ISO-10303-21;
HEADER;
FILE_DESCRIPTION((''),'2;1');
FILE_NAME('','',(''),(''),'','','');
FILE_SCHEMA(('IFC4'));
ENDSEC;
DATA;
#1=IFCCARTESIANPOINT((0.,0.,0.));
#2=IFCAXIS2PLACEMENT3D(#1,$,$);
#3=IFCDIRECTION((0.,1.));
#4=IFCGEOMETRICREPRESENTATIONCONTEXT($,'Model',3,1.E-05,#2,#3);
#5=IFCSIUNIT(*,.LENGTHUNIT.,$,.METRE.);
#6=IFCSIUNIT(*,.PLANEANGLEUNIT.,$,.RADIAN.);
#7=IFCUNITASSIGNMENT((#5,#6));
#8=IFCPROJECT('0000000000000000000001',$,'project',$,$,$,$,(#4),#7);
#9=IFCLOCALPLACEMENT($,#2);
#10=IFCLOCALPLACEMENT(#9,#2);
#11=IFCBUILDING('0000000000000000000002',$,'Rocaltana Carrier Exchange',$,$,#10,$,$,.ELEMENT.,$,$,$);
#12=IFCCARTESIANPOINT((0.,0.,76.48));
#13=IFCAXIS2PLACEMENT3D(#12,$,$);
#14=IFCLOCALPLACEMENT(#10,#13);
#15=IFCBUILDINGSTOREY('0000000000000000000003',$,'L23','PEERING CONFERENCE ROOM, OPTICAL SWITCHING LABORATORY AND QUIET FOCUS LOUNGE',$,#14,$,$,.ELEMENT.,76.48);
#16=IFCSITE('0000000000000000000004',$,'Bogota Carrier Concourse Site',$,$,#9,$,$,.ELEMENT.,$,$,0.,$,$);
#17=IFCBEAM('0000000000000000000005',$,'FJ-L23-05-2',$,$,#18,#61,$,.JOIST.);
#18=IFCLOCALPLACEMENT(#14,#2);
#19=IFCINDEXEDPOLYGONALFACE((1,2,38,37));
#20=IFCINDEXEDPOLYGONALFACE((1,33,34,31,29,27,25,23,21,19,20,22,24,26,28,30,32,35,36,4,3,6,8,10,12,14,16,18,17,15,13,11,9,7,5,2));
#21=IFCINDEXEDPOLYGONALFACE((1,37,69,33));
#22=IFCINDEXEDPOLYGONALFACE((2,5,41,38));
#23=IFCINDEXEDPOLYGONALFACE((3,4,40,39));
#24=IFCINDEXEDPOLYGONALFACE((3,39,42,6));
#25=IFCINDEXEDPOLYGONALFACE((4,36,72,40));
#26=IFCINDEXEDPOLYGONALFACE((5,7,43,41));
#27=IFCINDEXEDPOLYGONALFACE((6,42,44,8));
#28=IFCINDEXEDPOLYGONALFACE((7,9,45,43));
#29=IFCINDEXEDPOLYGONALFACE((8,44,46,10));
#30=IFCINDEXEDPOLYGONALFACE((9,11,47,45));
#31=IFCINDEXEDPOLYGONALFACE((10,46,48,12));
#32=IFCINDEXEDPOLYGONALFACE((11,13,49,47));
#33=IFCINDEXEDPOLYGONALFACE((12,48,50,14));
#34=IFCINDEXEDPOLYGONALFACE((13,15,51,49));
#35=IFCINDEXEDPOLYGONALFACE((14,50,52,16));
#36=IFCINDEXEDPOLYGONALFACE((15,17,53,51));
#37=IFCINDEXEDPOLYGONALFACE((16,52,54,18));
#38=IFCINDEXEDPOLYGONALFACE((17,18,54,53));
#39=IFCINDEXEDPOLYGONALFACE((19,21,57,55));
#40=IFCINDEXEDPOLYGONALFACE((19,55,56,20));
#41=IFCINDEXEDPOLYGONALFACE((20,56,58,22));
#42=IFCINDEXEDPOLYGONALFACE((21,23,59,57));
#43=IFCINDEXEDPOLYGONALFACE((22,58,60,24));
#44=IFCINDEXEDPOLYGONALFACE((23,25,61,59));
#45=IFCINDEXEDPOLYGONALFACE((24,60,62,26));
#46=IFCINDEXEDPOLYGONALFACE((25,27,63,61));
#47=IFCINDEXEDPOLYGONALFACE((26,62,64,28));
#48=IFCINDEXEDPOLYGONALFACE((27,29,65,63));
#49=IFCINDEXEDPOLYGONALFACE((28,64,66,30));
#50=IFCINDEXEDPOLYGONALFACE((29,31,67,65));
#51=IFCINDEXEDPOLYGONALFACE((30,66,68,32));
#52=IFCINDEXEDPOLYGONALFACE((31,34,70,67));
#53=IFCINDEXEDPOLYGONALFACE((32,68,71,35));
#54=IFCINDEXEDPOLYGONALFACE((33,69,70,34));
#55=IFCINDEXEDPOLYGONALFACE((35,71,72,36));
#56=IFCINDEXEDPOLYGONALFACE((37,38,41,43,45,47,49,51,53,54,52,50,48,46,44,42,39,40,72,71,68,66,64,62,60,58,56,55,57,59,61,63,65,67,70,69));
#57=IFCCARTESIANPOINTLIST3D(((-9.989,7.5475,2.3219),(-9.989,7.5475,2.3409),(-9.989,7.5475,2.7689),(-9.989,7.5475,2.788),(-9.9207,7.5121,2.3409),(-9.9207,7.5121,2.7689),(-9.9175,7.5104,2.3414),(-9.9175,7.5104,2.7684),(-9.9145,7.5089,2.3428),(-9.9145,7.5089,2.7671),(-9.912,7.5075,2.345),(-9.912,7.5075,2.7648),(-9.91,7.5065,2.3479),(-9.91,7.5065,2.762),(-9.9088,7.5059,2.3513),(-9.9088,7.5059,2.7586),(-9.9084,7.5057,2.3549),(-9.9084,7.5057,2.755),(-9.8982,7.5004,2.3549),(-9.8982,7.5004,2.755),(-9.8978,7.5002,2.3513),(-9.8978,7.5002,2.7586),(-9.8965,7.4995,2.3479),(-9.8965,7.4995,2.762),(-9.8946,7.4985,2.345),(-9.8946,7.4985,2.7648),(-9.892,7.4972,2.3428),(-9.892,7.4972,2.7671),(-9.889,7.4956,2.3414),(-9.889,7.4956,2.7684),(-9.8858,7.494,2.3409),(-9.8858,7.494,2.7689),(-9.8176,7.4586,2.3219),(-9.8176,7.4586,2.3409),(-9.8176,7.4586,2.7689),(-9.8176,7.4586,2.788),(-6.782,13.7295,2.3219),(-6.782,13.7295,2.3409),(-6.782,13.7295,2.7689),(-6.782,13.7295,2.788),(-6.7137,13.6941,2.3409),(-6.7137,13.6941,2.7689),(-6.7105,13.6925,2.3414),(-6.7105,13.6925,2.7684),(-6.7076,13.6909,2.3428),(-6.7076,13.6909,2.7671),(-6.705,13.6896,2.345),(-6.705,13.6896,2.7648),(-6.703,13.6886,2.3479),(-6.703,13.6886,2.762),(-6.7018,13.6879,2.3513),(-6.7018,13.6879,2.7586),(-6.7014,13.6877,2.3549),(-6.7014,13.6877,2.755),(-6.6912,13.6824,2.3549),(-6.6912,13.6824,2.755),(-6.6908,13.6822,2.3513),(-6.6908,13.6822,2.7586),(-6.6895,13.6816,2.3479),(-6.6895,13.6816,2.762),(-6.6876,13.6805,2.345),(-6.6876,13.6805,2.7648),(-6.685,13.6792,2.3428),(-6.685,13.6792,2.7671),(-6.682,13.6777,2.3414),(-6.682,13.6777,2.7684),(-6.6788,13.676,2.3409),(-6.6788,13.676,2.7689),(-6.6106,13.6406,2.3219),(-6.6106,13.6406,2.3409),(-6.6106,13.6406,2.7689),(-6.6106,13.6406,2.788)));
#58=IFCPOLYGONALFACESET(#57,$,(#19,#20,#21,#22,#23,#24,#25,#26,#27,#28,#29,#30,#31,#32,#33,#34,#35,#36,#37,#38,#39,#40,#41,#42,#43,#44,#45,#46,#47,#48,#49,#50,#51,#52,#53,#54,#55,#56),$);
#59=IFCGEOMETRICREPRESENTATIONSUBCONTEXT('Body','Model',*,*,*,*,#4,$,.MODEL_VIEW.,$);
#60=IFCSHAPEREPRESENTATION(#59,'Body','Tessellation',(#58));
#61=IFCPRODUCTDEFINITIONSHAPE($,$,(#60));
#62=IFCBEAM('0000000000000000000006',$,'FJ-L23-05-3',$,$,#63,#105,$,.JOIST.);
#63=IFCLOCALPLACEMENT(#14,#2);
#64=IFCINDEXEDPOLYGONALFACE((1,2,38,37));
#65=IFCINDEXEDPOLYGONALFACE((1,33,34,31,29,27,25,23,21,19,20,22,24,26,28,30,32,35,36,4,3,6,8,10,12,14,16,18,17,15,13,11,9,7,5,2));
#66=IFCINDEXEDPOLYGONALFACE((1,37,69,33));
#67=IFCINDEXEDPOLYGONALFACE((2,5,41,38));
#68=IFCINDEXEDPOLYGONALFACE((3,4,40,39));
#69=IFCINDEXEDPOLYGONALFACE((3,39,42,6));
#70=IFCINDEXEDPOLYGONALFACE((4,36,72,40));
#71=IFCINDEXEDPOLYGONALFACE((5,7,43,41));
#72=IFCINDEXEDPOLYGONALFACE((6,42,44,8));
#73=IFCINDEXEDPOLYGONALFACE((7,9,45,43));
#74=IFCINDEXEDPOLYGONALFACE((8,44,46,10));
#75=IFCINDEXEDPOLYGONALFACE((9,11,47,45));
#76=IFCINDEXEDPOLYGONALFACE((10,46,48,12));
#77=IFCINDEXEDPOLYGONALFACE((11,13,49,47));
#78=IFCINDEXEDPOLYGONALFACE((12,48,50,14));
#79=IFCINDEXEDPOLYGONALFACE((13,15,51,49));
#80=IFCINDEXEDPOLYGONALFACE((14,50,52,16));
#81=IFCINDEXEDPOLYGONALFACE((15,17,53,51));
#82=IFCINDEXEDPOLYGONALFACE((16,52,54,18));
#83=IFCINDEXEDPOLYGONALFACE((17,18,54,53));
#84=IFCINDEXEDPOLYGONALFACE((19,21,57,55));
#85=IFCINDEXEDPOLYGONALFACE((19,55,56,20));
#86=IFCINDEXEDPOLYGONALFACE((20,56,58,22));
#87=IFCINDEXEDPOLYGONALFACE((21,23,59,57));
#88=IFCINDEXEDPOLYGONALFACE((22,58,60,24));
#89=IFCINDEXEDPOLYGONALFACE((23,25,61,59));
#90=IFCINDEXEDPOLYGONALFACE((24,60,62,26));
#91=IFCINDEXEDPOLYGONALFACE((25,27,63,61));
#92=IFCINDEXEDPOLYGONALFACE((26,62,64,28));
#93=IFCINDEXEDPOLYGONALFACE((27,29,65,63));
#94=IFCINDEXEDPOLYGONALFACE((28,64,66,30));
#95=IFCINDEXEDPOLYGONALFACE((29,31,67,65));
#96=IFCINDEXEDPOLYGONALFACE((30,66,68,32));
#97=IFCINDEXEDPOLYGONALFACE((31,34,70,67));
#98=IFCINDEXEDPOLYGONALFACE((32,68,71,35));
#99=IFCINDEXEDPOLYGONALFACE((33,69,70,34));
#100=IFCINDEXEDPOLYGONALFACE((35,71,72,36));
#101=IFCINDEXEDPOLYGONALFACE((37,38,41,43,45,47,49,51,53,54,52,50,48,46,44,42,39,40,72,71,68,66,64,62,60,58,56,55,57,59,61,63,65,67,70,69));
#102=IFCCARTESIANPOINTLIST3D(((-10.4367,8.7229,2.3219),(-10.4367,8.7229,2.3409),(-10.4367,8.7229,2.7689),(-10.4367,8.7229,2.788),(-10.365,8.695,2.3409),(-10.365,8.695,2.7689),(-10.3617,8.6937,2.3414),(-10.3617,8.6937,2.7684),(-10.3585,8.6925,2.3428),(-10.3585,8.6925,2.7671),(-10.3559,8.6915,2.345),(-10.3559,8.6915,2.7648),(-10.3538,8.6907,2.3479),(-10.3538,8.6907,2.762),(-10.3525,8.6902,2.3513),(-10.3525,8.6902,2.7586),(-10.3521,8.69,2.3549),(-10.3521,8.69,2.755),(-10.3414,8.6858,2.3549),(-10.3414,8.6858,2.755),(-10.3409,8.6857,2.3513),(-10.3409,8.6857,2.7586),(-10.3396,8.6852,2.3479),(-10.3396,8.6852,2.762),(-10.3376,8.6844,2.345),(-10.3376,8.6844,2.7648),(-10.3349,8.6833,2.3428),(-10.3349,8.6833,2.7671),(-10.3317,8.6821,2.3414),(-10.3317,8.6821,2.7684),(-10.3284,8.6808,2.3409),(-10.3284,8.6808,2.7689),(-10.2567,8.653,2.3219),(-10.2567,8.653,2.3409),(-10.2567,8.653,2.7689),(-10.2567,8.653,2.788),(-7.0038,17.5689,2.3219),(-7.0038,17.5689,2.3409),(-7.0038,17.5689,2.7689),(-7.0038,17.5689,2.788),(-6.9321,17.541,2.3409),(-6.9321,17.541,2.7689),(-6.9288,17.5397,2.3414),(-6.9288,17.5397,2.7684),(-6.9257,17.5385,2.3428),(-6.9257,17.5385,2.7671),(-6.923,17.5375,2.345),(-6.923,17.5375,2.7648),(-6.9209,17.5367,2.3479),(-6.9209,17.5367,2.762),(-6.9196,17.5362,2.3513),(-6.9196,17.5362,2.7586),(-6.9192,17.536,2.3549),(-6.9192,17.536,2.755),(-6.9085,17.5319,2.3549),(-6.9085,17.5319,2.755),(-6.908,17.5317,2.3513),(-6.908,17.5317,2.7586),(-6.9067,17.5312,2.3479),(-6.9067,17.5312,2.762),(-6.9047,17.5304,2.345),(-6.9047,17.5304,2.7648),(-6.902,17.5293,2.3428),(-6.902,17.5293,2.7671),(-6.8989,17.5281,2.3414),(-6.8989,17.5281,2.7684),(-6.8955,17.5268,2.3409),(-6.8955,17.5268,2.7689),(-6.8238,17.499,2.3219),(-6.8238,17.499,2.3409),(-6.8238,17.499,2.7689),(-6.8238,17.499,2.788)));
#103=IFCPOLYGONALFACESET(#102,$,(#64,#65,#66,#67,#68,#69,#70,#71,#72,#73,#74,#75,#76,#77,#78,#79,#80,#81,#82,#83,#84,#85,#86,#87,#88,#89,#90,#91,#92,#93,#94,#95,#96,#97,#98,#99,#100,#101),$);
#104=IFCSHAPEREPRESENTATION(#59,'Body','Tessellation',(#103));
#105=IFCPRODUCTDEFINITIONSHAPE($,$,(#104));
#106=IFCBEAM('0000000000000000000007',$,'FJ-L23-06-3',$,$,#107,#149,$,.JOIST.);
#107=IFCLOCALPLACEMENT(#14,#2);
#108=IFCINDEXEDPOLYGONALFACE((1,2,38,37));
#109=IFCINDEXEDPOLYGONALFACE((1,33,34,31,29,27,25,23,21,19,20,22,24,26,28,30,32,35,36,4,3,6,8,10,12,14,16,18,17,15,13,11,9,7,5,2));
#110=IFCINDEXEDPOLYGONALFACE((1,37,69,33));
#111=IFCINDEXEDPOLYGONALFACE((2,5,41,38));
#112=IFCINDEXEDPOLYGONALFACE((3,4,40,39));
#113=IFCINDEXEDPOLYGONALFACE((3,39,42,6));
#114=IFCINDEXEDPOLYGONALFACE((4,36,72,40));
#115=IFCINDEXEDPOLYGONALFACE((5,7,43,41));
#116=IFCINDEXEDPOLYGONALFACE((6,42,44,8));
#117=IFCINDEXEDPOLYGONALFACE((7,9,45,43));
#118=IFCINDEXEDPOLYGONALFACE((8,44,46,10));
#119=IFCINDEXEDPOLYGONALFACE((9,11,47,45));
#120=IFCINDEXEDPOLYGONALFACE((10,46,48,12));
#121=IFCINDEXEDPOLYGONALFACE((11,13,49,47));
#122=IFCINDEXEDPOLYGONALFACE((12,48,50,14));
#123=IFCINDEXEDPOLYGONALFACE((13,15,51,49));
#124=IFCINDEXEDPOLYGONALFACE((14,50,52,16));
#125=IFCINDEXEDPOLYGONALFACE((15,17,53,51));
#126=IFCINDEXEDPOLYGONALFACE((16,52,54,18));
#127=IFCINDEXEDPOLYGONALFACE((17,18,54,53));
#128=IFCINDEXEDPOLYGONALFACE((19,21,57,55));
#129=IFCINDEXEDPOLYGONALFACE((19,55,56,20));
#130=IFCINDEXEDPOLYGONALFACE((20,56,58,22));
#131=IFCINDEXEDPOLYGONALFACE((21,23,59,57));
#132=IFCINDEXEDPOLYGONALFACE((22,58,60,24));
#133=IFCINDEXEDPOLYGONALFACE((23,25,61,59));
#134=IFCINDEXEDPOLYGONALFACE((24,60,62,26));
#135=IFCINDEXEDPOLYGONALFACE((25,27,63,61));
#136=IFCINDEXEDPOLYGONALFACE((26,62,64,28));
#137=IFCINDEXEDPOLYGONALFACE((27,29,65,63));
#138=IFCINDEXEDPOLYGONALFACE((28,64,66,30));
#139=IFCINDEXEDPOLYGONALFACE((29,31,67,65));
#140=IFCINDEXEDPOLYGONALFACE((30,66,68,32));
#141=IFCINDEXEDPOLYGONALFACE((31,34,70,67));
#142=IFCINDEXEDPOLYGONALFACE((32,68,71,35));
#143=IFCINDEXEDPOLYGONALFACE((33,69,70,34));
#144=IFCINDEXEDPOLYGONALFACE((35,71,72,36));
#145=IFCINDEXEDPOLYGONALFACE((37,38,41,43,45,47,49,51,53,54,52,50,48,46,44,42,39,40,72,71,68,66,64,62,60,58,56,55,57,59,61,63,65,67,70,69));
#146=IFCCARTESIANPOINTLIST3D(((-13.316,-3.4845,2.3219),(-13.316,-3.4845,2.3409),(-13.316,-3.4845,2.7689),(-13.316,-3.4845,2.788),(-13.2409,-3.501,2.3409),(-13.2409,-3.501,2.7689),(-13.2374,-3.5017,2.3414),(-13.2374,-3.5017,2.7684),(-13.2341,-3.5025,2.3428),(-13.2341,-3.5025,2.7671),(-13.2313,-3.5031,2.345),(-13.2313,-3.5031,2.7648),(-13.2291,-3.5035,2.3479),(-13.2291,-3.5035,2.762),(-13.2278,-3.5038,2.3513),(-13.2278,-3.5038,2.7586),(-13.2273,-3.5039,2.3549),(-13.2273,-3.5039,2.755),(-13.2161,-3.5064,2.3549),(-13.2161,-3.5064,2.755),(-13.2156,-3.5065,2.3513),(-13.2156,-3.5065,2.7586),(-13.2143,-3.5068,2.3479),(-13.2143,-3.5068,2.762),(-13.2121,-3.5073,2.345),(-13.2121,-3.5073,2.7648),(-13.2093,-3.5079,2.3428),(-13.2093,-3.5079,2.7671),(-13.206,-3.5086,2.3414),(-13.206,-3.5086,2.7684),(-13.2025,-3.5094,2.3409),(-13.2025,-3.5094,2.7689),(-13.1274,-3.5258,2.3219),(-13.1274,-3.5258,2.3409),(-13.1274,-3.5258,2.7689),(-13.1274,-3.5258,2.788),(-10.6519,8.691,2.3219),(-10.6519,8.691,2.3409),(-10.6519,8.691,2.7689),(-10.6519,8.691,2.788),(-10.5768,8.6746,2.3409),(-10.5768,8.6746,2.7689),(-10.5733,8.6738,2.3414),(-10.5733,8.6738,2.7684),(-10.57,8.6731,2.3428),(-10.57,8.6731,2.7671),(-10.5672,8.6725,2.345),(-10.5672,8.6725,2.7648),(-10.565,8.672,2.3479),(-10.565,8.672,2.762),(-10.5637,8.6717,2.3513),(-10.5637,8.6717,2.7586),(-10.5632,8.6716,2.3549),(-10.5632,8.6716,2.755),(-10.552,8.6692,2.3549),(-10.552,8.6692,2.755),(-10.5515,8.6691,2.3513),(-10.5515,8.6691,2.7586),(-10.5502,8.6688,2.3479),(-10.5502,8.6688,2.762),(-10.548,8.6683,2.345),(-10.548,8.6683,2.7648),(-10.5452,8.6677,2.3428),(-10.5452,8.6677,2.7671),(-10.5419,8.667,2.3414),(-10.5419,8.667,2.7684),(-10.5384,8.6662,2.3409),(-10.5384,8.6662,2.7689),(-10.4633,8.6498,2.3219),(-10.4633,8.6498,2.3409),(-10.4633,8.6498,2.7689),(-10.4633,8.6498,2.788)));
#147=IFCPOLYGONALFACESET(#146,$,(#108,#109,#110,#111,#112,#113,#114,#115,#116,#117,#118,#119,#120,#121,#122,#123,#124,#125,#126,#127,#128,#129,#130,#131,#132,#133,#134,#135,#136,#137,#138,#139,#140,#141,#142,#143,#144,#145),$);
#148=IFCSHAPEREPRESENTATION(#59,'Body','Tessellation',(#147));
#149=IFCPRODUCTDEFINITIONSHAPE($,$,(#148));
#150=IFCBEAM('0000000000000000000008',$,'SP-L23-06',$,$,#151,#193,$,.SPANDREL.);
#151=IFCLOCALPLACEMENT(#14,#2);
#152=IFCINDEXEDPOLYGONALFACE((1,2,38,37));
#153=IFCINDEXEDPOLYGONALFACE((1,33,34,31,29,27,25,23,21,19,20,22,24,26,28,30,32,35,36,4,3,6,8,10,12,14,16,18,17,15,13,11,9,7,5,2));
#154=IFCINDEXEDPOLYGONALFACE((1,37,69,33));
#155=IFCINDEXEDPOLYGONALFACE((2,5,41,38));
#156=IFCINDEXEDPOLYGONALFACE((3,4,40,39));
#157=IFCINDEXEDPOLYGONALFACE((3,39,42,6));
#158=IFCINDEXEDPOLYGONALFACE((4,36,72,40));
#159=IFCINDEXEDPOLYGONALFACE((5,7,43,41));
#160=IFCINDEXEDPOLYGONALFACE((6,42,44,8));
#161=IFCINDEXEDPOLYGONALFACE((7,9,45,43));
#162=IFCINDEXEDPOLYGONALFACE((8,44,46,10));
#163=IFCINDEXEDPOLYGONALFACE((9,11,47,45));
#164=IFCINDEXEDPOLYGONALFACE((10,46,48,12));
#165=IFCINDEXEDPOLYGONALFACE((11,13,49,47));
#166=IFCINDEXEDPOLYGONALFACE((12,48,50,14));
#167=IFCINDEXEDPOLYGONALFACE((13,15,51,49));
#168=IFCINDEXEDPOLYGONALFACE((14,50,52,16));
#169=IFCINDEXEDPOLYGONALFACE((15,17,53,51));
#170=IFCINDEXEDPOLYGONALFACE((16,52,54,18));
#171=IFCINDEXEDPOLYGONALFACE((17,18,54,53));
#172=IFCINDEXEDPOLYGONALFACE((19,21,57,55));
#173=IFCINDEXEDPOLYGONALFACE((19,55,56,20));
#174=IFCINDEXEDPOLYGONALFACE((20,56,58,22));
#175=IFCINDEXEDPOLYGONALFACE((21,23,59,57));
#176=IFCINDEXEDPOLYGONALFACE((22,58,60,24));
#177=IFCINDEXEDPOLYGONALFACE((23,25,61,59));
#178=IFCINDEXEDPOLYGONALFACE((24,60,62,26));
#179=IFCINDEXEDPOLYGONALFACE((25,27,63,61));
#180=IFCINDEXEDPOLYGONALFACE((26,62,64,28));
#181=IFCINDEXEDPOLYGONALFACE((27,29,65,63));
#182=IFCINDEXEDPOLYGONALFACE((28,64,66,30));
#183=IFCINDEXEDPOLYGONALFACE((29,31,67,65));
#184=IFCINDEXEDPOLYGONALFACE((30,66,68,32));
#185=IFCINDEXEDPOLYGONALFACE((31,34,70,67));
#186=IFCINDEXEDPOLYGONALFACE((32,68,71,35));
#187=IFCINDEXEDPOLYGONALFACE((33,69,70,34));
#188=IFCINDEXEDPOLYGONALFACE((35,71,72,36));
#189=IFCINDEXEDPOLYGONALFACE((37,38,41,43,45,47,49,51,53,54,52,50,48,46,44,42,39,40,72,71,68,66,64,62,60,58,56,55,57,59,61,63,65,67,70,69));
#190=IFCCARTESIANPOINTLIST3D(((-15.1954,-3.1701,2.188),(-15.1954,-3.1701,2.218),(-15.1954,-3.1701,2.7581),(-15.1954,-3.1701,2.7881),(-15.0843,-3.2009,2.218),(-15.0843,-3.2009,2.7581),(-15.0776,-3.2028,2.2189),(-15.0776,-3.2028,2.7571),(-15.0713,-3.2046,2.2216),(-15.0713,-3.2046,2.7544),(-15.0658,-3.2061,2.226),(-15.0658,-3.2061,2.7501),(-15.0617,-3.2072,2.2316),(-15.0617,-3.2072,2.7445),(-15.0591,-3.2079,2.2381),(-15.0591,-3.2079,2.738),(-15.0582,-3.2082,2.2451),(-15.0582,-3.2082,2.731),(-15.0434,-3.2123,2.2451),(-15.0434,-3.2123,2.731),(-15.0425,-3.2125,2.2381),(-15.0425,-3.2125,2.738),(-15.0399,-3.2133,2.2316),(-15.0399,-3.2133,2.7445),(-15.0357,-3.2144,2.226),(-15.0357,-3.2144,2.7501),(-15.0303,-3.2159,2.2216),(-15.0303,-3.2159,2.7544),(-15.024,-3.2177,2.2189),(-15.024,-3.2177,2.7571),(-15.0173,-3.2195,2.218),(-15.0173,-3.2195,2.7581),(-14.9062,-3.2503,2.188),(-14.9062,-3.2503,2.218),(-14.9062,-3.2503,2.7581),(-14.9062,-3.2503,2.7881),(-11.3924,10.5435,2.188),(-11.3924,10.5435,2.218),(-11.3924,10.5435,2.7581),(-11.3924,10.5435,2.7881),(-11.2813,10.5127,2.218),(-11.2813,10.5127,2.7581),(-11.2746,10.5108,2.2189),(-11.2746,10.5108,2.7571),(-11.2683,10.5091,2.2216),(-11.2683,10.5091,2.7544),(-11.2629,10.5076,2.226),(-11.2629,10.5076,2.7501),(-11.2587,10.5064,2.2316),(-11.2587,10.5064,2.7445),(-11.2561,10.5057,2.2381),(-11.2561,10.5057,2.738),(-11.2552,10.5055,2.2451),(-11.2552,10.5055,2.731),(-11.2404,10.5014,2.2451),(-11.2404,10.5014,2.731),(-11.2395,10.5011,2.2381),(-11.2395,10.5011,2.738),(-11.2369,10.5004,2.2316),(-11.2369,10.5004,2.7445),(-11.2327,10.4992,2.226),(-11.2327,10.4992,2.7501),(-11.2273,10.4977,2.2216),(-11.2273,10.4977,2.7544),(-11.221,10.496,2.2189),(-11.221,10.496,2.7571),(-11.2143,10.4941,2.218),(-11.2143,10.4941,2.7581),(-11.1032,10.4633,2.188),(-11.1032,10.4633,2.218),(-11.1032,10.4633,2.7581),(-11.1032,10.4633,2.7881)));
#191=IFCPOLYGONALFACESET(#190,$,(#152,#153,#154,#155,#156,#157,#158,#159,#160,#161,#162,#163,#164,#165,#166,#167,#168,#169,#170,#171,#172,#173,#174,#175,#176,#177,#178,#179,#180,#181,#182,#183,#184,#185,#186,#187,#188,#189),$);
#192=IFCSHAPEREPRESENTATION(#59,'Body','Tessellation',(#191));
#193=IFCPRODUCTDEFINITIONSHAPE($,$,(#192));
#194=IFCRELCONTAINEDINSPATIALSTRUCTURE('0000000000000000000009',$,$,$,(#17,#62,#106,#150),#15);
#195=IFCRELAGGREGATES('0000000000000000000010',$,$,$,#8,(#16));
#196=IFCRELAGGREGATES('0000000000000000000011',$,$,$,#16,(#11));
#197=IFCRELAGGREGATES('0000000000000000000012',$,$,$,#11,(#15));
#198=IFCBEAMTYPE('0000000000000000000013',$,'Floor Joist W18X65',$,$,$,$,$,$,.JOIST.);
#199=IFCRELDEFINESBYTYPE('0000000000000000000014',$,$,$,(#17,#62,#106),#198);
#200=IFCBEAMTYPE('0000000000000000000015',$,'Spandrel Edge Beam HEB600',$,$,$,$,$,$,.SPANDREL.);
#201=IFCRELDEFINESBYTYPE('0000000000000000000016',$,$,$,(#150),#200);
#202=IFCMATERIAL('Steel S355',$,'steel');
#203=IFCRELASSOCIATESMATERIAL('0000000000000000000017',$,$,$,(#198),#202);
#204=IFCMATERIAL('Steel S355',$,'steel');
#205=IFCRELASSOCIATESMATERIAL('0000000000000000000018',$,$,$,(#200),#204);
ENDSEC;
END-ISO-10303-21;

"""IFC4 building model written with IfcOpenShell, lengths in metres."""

from ifc_helpers import new_model, si_unit, direction, frame, origin, origin_2d, place, context, subcontext, project, spatial, i_section, extrude, material, material_profile, profile_set, type_object, element, save


model = new_model("IFC4")

# Units and contexts
model_context = context("Model", 3, precision=1e-05, world=origin(), true_north=direction((0.0, 1.0)))
body_context = subcontext(model_context, "Body", "Model", "MODEL_VIEW")
ifc_project = project(units=[si_unit("LENGTHUNIT", "METRE"), si_unit("PLANEANGLEUNIT", "RADIAN")], contexts=[model_context])

# Site, building, storey
site_placement = place(None, origin())
site = spatial("IfcSite", under=ifc_project, at=site_placement, Name="Bogota Carrier Concourse Site", CompositionType="ELEMENT", RefElevation=0.0)
building_placement = place(site_placement, origin())
building = spatial("IfcBuilding", under=site, at=building_placement, Name="Rocaltana Carrier Exchange", CompositionType="ELEMENT")
storey_placement = place(building_placement, frame((0.0, 0.0, 76.48)))
storey = spatial("IfcBuildingStorey", under=building, at=storey_placement, Name="L23", Description="PEERING CONFERENCE ROOM, OPTICAL SWITCHING LABORATORY AND QUIET FOCUS LOUNGE", CompositionType="ELEMENT", Elevation=76.48)

# Beams
ifc_material_1 = material(Name="Steel S355", Category="steel")
ifc_material_profile_1 = material_profile(ifc_material_1, i_section(OverallWidth=0.1931, OverallDepth=0.4661, WebThickness=0.0115, FlangeThickness=0.019, FilletRadius=0.0139, at=origin_2d()), Name="W18X65")
ifc_profile_set_1 = profile_set([ifc_material_profile_1], Name="Steel S355")
beam_type_1 = type_object("IfcBeamType", Name="Floor Joist W18X65", PredefinedType="JOIST", material=ifc_profile_set_1)
beam_1_placement = place(storey_placement, frame((-6.6963, 13.6851, 2.5549), z_axis=(-0.460485, -0.887668, 0.0), x_axis=(0.887668, -0.460485, 0.0)))
element("IfcBeam", 1, at=beam_1_placement, inside=storey, type_object=beam_type_1, Name="FJ-L23-05-2", PredefinedType="JOIST", context=body_context, shape_type="SweptSolid", body=[
    extrude(i_section(OverallWidth=0.1931, OverallDepth=0.4661, WebThickness=0.0115, FlangeThickness=0.019, FilletRadius=0.0139, at=origin_2d()), origin(), (0.0, 0.0, 1.0), 6.9644),
])
beam_2_placement = place(storey_placement, frame((-6.9138, 17.5339, 2.5549), z_axis=(-0.361784, -0.932262, 0.0), x_axis=(0.932262, -0.361784, 0.0)))
element("IfcBeam", 2, at=beam_2_placement, inside=storey, type_object=beam_type_1, Name="FJ-L23-05-3", PredefinedType="JOIST", context=body_context, shape_type="SweptSolid", body=[
    extrude(i_section(OverallWidth=0.1931, OverallDepth=0.4661, WebThickness=0.0115, FlangeThickness=0.019, FilletRadius=0.0139, at=origin_2d()), origin(), (0.0, 0.0, 1.0), 9.4888),
])
beam_3_placement = place(storey_placement, frame((-10.5576, 8.6704, 2.5549), z_axis=(-0.213748, -0.976889, 0.0), x_axis=(0.976889, -0.213748, 0.0)))
element("IfcBeam", 3, at=beam_3_placement, inside=storey, type_object=beam_type_1, Name="FJ-L23-06-3", PredefinedType="JOIST", context=body_context, shape_type="SweptSolid", body=[
    extrude(i_section(OverallWidth=0.1931, OverallDepth=0.4661, WebThickness=0.0115, FlangeThickness=0.019, FilletRadius=0.0139, at=origin_2d()), origin(), (0.0, 0.0, 1.0), 12.4636),
])
ifc_material_2 = material(Name="Steel S355", Category="steel")
ifc_material_profile_2 = material_profile(ifc_material_2, i_section(OverallWidth=0.3, OverallDepth=0.6001, WebThickness=0.0154, FlangeThickness=0.03, FilletRadius=0.0271, at=origin_2d()), Name="HEB600")
ifc_profile_set_2 = profile_set([ifc_material_profile_2], Name="Steel S355")
beam_type_2 = type_object("IfcBeamType", Name="Spandrel Edge Beam HEB600", PredefinedType="SPANDREL", material=ifc_profile_set_2)
beam_4_placement = place(storey_placement, frame((-11.2478, 10.5034, 2.488), z_axis=(-0.267229, -0.963633, 0.0), x_axis=(0.963633, -0.267229, 0.0)))
element("IfcBeam", 4, at=beam_4_placement, inside=storey, type_object=beam_type_2, Name="SP-L23-06", PredefinedType="SPANDREL", context=body_context, shape_type="SweptSolid", body=[
    extrude(i_section(OverallWidth=0.3, OverallDepth=0.6001, WebThickness=0.0154, FlangeThickness=0.03, FilletRadius=0.0271, at=origin_2d()), origin(), (0.0, 0.0, 1.0), 14.2312),
])

save(model, "model.ifc")
